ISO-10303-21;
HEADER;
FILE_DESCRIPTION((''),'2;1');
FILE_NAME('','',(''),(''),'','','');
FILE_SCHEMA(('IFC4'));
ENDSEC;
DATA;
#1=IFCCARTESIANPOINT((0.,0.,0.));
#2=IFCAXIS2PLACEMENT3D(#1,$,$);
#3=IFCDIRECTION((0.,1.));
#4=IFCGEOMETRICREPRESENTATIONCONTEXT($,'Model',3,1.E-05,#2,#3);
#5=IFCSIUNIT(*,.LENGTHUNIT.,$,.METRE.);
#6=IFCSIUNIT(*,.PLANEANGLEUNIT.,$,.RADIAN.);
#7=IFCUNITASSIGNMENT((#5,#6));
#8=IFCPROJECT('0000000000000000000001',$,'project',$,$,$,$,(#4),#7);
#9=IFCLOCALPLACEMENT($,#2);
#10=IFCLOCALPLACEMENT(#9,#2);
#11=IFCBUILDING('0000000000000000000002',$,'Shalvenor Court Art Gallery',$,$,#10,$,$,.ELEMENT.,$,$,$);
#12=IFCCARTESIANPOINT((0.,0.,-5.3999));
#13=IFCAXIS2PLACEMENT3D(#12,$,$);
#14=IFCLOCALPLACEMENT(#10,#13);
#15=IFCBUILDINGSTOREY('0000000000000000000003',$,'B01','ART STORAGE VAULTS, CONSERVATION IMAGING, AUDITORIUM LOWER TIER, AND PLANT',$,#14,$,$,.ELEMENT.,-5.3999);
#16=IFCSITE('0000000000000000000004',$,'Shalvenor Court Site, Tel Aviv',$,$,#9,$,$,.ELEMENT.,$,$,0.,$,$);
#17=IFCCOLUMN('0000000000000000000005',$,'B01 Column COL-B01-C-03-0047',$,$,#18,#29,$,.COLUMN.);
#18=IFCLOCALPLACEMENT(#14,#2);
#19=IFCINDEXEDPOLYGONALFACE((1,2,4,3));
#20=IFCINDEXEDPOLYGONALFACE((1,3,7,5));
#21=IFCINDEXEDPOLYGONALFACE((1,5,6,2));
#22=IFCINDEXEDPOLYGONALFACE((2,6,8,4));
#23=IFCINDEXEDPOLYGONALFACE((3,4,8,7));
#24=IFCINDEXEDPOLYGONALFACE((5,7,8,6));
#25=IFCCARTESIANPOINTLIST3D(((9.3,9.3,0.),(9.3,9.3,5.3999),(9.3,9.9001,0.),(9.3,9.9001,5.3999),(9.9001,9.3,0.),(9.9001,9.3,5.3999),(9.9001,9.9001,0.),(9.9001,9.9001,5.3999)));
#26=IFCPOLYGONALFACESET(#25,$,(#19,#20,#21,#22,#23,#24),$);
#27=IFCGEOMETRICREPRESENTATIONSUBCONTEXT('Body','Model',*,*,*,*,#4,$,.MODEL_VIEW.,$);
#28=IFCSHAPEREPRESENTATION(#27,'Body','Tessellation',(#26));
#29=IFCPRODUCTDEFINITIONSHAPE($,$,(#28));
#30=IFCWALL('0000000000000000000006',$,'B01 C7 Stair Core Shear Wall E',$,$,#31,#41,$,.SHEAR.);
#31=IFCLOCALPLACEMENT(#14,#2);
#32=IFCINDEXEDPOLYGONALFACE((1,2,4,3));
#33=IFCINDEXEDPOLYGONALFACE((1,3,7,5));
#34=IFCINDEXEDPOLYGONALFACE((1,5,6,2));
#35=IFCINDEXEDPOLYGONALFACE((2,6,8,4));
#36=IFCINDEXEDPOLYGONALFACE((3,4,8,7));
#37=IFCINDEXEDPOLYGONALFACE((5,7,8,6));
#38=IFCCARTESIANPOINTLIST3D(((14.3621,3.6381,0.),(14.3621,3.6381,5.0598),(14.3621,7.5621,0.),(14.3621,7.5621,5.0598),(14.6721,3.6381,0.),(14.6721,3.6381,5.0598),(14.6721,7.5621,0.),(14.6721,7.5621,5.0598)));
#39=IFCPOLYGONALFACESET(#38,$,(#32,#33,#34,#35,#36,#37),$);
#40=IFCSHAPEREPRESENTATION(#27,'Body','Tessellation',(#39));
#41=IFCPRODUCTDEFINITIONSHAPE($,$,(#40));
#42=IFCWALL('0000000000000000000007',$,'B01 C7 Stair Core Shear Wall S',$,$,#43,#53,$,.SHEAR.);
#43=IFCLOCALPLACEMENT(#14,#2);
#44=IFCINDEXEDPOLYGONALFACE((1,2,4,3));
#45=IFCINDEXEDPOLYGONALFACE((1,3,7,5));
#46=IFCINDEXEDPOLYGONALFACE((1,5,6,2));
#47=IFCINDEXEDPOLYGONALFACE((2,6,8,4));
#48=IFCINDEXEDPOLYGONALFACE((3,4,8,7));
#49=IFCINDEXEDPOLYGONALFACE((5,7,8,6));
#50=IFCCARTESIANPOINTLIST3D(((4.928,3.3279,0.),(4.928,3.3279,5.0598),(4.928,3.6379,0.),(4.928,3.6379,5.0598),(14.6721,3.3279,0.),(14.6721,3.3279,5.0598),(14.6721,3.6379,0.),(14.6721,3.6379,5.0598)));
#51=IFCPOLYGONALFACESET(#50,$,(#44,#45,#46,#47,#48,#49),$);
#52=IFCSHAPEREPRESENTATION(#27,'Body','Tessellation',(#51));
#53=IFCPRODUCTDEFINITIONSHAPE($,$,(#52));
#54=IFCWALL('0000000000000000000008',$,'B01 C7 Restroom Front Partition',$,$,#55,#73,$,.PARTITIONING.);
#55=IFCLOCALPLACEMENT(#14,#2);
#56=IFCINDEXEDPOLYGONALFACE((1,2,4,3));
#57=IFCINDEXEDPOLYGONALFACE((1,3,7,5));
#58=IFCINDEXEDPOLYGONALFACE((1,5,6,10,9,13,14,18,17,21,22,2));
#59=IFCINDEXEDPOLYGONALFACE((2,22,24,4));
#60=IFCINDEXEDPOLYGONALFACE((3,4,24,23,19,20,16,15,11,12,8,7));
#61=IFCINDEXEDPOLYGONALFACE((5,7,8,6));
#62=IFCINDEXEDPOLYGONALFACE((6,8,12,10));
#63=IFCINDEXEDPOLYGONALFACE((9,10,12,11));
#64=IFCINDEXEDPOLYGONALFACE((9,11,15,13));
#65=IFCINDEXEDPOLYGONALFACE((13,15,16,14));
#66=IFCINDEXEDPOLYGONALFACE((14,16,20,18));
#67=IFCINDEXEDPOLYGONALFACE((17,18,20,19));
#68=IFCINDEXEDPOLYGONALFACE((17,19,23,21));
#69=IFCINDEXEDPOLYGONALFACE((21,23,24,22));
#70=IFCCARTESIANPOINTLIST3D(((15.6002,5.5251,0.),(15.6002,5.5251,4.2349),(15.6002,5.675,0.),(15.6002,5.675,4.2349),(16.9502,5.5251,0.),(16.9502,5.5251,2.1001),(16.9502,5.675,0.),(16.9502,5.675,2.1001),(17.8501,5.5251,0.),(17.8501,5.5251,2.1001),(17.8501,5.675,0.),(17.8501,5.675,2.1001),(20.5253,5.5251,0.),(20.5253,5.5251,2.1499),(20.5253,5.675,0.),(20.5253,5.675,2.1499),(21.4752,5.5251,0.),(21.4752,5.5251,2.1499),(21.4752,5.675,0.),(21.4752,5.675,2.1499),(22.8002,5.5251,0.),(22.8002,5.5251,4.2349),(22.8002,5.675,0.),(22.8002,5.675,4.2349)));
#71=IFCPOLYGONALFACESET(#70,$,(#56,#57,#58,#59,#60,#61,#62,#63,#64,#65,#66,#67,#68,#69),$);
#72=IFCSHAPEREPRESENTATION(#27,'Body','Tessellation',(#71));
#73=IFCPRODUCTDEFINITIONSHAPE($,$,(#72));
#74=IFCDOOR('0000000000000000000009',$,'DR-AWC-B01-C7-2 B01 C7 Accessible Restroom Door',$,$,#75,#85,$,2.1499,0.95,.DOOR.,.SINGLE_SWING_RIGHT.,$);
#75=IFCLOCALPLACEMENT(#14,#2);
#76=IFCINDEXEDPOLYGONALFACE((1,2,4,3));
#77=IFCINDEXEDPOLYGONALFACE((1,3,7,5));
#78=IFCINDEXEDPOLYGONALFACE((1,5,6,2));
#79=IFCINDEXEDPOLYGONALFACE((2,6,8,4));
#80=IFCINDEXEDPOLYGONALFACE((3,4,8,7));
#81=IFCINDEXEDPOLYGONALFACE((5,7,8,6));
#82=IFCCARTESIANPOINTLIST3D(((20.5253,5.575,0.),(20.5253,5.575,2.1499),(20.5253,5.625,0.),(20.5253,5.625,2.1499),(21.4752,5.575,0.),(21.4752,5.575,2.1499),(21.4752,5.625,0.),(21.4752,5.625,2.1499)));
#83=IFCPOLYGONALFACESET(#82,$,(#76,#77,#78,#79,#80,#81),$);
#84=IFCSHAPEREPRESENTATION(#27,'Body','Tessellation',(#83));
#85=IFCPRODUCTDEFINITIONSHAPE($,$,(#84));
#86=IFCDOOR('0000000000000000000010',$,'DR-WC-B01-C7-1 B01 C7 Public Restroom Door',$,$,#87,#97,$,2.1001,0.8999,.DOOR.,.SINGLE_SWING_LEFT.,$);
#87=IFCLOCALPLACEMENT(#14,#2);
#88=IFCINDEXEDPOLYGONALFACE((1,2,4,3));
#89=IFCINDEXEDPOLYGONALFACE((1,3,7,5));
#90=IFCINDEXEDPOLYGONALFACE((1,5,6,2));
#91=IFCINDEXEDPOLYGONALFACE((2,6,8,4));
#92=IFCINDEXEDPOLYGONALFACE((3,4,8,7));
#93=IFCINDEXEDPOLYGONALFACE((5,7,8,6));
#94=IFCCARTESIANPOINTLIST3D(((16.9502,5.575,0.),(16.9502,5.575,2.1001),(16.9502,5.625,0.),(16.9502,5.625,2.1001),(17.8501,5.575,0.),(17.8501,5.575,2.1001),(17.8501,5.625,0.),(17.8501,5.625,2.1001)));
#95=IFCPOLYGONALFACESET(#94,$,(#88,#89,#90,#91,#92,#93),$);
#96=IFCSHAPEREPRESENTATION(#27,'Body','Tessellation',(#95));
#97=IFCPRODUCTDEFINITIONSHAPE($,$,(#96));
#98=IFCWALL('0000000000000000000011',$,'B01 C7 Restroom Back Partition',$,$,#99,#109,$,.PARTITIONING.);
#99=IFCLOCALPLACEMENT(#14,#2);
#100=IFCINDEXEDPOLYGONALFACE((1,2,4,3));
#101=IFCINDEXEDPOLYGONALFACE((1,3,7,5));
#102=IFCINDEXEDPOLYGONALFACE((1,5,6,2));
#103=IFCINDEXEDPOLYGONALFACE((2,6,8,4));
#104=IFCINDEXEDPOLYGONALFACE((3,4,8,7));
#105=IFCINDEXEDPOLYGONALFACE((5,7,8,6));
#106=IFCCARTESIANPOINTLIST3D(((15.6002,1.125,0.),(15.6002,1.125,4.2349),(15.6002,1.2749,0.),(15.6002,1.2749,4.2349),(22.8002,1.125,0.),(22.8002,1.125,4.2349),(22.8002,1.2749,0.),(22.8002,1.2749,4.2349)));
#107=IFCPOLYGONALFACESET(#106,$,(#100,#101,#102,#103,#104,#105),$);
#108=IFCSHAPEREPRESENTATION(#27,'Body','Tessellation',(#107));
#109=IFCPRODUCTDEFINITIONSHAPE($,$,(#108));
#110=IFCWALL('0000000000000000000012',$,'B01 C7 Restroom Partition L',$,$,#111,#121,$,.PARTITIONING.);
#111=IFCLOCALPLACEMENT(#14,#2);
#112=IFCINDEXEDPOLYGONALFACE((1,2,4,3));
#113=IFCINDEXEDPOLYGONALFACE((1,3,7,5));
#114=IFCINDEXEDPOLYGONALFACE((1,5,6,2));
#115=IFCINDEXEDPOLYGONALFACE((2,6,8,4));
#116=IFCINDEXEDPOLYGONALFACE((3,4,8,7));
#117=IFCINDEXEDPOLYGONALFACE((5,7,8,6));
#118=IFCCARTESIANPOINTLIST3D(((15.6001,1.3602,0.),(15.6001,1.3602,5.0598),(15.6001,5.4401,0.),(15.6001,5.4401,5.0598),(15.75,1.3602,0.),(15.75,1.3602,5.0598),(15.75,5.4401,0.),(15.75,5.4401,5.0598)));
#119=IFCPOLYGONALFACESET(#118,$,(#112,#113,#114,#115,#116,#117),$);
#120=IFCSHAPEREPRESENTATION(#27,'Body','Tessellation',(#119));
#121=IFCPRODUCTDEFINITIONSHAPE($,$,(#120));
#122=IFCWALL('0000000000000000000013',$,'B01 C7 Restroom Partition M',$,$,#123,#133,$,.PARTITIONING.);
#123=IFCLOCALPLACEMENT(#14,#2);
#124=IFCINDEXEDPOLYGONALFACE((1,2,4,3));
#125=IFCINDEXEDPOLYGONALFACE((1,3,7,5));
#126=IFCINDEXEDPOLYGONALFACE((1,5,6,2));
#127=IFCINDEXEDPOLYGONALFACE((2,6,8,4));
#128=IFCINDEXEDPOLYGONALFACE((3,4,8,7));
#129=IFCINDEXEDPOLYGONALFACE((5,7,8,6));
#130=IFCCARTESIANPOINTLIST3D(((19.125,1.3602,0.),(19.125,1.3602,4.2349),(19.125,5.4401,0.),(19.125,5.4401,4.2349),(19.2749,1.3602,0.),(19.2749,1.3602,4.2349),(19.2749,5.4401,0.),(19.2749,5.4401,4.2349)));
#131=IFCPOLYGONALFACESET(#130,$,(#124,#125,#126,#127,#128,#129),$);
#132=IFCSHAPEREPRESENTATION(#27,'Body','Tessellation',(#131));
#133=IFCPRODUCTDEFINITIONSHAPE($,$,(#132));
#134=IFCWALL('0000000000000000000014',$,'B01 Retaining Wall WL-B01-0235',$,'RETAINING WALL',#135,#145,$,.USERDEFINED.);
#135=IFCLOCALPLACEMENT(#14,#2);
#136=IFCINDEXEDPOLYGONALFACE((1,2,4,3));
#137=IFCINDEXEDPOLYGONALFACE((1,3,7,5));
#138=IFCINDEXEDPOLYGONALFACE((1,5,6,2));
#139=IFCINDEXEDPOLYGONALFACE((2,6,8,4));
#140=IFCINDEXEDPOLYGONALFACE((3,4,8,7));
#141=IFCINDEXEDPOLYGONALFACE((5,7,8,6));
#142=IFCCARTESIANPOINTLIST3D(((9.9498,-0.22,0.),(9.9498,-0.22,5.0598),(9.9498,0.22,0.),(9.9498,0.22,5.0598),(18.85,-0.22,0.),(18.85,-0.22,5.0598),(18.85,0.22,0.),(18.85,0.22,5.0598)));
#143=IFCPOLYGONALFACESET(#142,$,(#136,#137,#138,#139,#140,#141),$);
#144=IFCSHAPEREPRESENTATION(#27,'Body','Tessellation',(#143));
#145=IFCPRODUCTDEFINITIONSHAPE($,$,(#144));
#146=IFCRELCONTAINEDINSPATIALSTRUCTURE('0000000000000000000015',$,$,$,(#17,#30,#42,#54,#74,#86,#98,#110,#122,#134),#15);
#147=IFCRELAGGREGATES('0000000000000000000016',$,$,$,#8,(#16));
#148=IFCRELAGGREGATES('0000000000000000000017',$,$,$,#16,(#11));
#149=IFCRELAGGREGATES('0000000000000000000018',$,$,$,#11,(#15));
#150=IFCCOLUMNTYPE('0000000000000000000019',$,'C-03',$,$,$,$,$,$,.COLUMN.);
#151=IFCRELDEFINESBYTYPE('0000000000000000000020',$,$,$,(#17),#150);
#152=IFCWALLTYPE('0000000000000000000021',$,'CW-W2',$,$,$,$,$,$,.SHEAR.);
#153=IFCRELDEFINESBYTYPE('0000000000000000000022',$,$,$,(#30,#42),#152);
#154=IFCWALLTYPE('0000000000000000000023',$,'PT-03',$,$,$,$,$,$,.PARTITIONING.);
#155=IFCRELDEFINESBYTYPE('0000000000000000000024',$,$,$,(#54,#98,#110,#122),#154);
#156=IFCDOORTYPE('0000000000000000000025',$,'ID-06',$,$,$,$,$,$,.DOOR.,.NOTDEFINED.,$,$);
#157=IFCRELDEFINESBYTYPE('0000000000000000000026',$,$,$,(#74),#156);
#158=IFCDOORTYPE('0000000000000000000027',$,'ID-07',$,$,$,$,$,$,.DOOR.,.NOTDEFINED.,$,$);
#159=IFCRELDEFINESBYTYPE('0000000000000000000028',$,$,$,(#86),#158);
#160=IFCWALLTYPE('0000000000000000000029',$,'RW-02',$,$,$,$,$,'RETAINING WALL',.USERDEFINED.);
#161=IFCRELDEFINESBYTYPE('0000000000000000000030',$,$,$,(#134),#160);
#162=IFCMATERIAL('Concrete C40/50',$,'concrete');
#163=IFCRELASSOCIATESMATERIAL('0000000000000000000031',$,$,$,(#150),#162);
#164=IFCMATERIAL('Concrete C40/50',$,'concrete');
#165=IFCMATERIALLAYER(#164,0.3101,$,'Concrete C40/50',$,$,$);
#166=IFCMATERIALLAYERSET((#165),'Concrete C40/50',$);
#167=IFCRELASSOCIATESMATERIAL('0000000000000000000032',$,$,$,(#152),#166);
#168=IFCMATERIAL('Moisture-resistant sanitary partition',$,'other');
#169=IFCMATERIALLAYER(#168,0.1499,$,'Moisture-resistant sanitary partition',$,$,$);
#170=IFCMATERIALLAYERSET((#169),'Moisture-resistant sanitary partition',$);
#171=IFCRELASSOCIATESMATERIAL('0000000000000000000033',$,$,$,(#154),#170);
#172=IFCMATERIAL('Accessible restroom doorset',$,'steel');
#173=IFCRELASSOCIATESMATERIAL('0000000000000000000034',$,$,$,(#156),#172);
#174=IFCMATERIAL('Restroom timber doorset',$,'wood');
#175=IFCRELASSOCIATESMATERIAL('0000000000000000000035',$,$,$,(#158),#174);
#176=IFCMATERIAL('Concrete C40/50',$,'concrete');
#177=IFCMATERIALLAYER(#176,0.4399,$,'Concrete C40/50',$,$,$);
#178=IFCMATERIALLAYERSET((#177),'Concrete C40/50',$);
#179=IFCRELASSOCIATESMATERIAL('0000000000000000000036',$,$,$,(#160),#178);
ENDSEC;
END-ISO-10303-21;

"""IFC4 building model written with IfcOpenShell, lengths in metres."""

from ifc_helpers import new_model, si_unit, direction, frame, frame_2d, origin, origin_2d, place, context, subcontext, project, spatial, rectangle, extrude, material, layer, layer_set, material_profile, profile_set, type_object, element, fill, save


model = new_model("IFC4")

# Units and contexts
model_context = context("Model", 3, precision=1e-05, world=origin(), true_north=direction((0.0, 1.0)))
body_context = subcontext(model_context, "Body", "Model", "MODEL_VIEW")
ifc_project = project(units=[si_unit("LENGTHUNIT", "METRE"), si_unit("PLANEANGLEUNIT", "RADIAN")], contexts=[model_context])

# Site, building, storey
site_placement = place(None, origin())
site = spatial("IfcSite", under=ifc_project, at=site_placement, Name="Shalvenor Court Site, Tel Aviv", CompositionType="ELEMENT", RefElevation=0.0)
building_placement = place(site_placement, origin())
building = spatial("IfcBuilding", under=site, at=building_placement, Name="Shalvenor Court Art Gallery", CompositionType="ELEMENT")
storey_placement = place(building_placement, frame((0.0, 0.0, -5.3999)))
storey = spatial("IfcBuildingStorey", under=building, at=storey_placement, Name="B01", Description="ART STORAGE VAULTS, CONSERVATION IMAGING, AUDITORIUM LOWER TIER, AND PLANT", CompositionType="ELEMENT", Elevation=-5.3999)

# Column
ifc_material_1 = material(Name="Concrete C40/50", Category="concrete")
ifc_material_profile_1 = material_profile(ifc_material_1, rectangle(XDim=0.6001, YDim=0.6001, at=origin_2d()), Name="RC 600x600")
ifc_profile_set_1 = profile_set([ifc_material_profile_1], Name="Concrete C40/50")
column_type_1 = type_object("IfcColumnType", Name="C-03", PredefinedType="COLUMN", material=ifc_profile_set_1)
column_placement = place(storey_placement, frame((9.6001, 9.6001, 0.0), z_axis=(0.0, 0.0, 1.0), x_axis=(1.0, 0.0, 0.0)))
element("IfcColumn", 1, at=column_placement, inside=storey, type_object=column_type_1, Name="B01 Column COL-B01-C-03-0047", PredefinedType="COLUMN", context=body_context, shape_type="SweptSolid", body=[
    extrude(rectangle(XDim=0.6001, YDim=0.6001, at=origin_2d()), origin(), (0.0, 0.0, 1.0), 5.3999),
])

# Walls
ifc_material_2 = material(Name="Concrete C40/50", Category="concrete")
ifc_layer_1 = layer(ifc_material_2, 0.3101, Name="Concrete C40/50")
ifc_layer_set_1 = layer_set([ifc_layer_1], Name="Concrete C40/50")
wall_type_1 = type_object("IfcWallType", Name="CW-W2", PredefinedType="SHEAR", material=ifc_layer_set_1)
wall_1_placement = place(storey_placement, frame((14.5171, 7.562, 0.0), z_axis=(0.0, 0.0, 1.0), x_axis=(0.0, -1.0, 0.0)))
element("IfcWall", 2, at=wall_1_placement, inside=storey, type_object=wall_type_1, Name="B01 C7 Stair Core Shear Wall E", PredefinedType="SHEAR", context=body_context, shape_type="SweptSolid", body=[
    extrude(rectangle(XDim=3.9241, YDim=0.3101, at=frame_2d((1.9619, 0.0))), origin(), (0.0, 0.0, 1.0), 5.0598),
])
wall_2_placement = place(storey_placement, frame((14.6721, 3.4829, 0.0), z_axis=(0.0, 0.0, 1.0), x_axis=(-1.0, 0.0, 0.0)))
element("IfcWall", 3, at=wall_2_placement, inside=storey, type_object=wall_type_1, Name="B01 C7 Stair Core Shear Wall S", PredefinedType="SHEAR", context=body_context, shape_type="SweptSolid", body=[
    extrude(rectangle(XDim=9.7441, YDim=0.3101, at=frame_2d((4.8721, 0.0))), origin(), (0.0, 0.0, 1.0), 5.0598),
])

# Wall, openings, doors
ifc_material_3 = material(Name="Moisture-resistant sanitary partition", Category="other")
ifc_layer_2 = layer(ifc_material_3, 0.1499, Name="Moisture-resistant sanitary partition")
ifc_layer_set_2 = layer_set([ifc_layer_2], Name="Moisture-resistant sanitary partition")
wall_type_2 = type_object("IfcWallType", Name="PT-03", PredefinedType="PARTITIONING", material=ifc_layer_set_2)
wall_3_placement = place(storey_placement, frame((15.6001, 5.6001, 0.0), z_axis=(0.0, 0.0, 1.0), x_axis=(1.0, 0.0, 0.0)))
wall_3 = element("IfcWall", 4, at=wall_3_placement, inside=storey, type_object=wall_type_2, Name="B01 C7 Restroom Front Partition", PredefinedType="PARTITIONING", context=body_context, shape_type="SweptSolid", body=[
    extrude(rectangle(XDim=7.2, YDim=0.1499, at=frame_2d((3.6001, 0.0))), origin(), (0.0, 0.0, 1.0), 4.2349),
])
opening_1_placement = place(wall_3_placement, frame((1.3501, 0.0, 0.0)))
opening_1 = element("IfcOpeningElement", 5, at=opening_1_placement, cuts=wall_3, PredefinedType="OPENING", context=body_context, shape_type="SweptSolid", body=[
    extrude(rectangle(XDim=0.8999, YDim=2.1001, at=frame_2d((0.45, 1.05))), frame((0.0, 0.085, 0.0), z_axis=(0.0, -1.0, 0.0), x_axis=(1.0, 0.0, 0.0)), (0.0, 0.0, 1.0), 0.1699),
])
opening_2_placement = place(wall_3_placement, frame((4.925, 0.0, 0.0)))
opening_2 = element("IfcOpeningElement", 6, at=opening_2_placement, cuts=wall_3, PredefinedType="OPENING", context=body_context, shape_type="SweptSolid", body=[
    extrude(rectangle(XDim=0.95, YDim=2.1499, at=frame_2d((0.4751, 1.075))), frame((0.0, 0.085, 0.0), z_axis=(0.0, -1.0, 0.0), x_axis=(1.0, 0.0, 0.0)), (0.0, 0.0, 1.0), 0.1699),
])
ifc_material_4 = material(Name="Accessible restroom doorset", Category="steel")
door_type_1 = type_object("IfcDoorType", Name="ID-06", OperationType="NOTDEFINED", PredefinedType="DOOR", material=ifc_material_4)
door_1_placement = place(opening_2_placement, origin())
door_1 = element("IfcDoor", 7, at=door_1_placement, inside=storey, type_object=door_type_1, Name="DR-AWC-B01-C7-2 B01 C7 Accessible Restroom Door", OperationType="SINGLE_SWING_RIGHT", OverallHeight=2.1499, OverallWidth=0.95, PredefinedType="DOOR", context=body_context, shape_type="SweptSolid", body=[
    extrude(rectangle(XDim=0.95, YDim=2.1499, at=frame_2d((0.4751, 1.075))), frame((0.0, 0.0249, 0.0), z_axis=(0.0, -1.0, 0.0), x_axis=(1.0, 0.0, 0.0)), (0.0, 0.0, 1.0), 0.05),
])
fill(opening_2, door_1)
ifc_material_5 = material(Name="Restroom timber doorset", Category="wood")
door_type_2 = type_object("IfcDoorType", Name="ID-07", OperationType="NOTDEFINED", PredefinedType="DOOR", material=ifc_material_5)
door_2_placement = place(opening_1_placement, origin())
door_2 = element("IfcDoor", 8, at=door_2_placement, inside=storey, type_object=door_type_2, Name="DR-WC-B01-C7-1 B01 C7 Public Restroom Door", OperationType="SINGLE_SWING_LEFT", OverallHeight=2.1001, OverallWidth=0.8999, PredefinedType="DOOR", context=body_context, shape_type="SweptSolid", body=[
    extrude(rectangle(XDim=0.8999, YDim=2.1001, at=frame_2d((0.45, 1.05))), frame((0.0, 0.0249, 0.0), z_axis=(0.0, -1.0, 0.0), x_axis=(1.0, 0.0, 0.0)), (0.0, 0.0, 1.0), 0.05),
])
fill(opening_1, door_2)

# Walls
wall_4_placement = place(storey_placement, frame((15.6001, 1.2, 0.0), z_axis=(0.0, 0.0, 1.0), x_axis=(1.0, 0.0, 0.0)))
element("IfcWall", 9, at=wall_4_placement, inside=storey, type_object=wall_type_2, Name="B01 C7 Restroom Back Partition", PredefinedType="PARTITIONING", context=body_context, shape_type="SweptSolid", body=[
    extrude(rectangle(XDim=7.2, YDim=0.1499, at=frame_2d((3.6001, 0.0))), origin(), (0.0, 0.0, 1.0), 4.2349),
])
wall_5_placement = place(storey_placement, frame((15.675, 1.3601, 0.0), z_axis=(0.0, 0.0, 1.0), x_axis=(0.0, 1.0, 0.0)))
element("IfcWall", 10, at=wall_5_placement, inside=storey, type_object=wall_type_2, Name="B01 C7 Restroom Partition L", PredefinedType="PARTITIONING", context=body_context, shape_type="SweptSolid", body=[
    extrude(rectangle(XDim=4.0798, YDim=0.1499, at=frame_2d((2.04, 0.0))), origin(), (0.0, 0.0, 1.0), 5.0598),
])
wall_6_placement = place(storey_placement, frame((19.2, 1.3601, 0.0), z_axis=(0.0, 0.0, 1.0), x_axis=(0.0, 1.0, 0.0)))
element("IfcWall", 11, at=wall_6_placement, inside=storey, type_object=wall_type_2, Name="B01 C7 Restroom Partition M", PredefinedType="PARTITIONING", context=body_context, shape_type="SweptSolid", body=[
    extrude(rectangle(XDim=4.0798, YDim=0.1499, at=frame_2d((2.04, 0.0))), origin(), (0.0, 0.0, 1.0), 4.2349),
])
ifc_material_6 = material(Name="Concrete C40/50", Category="concrete")
ifc_layer_3 = layer(ifc_material_6, 0.4399, Name="Concrete C40/50")
ifc_layer_set_3 = layer_set([ifc_layer_3], Name="Concrete C40/50")
wall_type_3 = type_object("IfcWallType", Name="RW-02", ElementType="RETAINING WALL", PredefinedType="USERDEFINED", material=ifc_layer_set_3)
wall_7_placement = place(storey_placement, frame((18.8501, 0.0, 0.0), z_axis=(0.0, 0.0, 1.0), x_axis=(-1.0, 0.0, 0.0)))
element("IfcWall", 12, at=wall_7_placement, inside=storey, type_object=wall_type_3, Name="B01 Retaining Wall WL-B01-0235", ObjectType="RETAINING WALL", PredefinedType="USERDEFINED", context=body_context, shape_type="SweptSolid", body=[
    extrude(rectangle(XDim=8.9001, YDim=0.4399, at=frame_2d((4.4502, 0.0))), origin(), (0.0, 0.0, 1.0), 5.0598),
])

save(model, "model.ifc")
